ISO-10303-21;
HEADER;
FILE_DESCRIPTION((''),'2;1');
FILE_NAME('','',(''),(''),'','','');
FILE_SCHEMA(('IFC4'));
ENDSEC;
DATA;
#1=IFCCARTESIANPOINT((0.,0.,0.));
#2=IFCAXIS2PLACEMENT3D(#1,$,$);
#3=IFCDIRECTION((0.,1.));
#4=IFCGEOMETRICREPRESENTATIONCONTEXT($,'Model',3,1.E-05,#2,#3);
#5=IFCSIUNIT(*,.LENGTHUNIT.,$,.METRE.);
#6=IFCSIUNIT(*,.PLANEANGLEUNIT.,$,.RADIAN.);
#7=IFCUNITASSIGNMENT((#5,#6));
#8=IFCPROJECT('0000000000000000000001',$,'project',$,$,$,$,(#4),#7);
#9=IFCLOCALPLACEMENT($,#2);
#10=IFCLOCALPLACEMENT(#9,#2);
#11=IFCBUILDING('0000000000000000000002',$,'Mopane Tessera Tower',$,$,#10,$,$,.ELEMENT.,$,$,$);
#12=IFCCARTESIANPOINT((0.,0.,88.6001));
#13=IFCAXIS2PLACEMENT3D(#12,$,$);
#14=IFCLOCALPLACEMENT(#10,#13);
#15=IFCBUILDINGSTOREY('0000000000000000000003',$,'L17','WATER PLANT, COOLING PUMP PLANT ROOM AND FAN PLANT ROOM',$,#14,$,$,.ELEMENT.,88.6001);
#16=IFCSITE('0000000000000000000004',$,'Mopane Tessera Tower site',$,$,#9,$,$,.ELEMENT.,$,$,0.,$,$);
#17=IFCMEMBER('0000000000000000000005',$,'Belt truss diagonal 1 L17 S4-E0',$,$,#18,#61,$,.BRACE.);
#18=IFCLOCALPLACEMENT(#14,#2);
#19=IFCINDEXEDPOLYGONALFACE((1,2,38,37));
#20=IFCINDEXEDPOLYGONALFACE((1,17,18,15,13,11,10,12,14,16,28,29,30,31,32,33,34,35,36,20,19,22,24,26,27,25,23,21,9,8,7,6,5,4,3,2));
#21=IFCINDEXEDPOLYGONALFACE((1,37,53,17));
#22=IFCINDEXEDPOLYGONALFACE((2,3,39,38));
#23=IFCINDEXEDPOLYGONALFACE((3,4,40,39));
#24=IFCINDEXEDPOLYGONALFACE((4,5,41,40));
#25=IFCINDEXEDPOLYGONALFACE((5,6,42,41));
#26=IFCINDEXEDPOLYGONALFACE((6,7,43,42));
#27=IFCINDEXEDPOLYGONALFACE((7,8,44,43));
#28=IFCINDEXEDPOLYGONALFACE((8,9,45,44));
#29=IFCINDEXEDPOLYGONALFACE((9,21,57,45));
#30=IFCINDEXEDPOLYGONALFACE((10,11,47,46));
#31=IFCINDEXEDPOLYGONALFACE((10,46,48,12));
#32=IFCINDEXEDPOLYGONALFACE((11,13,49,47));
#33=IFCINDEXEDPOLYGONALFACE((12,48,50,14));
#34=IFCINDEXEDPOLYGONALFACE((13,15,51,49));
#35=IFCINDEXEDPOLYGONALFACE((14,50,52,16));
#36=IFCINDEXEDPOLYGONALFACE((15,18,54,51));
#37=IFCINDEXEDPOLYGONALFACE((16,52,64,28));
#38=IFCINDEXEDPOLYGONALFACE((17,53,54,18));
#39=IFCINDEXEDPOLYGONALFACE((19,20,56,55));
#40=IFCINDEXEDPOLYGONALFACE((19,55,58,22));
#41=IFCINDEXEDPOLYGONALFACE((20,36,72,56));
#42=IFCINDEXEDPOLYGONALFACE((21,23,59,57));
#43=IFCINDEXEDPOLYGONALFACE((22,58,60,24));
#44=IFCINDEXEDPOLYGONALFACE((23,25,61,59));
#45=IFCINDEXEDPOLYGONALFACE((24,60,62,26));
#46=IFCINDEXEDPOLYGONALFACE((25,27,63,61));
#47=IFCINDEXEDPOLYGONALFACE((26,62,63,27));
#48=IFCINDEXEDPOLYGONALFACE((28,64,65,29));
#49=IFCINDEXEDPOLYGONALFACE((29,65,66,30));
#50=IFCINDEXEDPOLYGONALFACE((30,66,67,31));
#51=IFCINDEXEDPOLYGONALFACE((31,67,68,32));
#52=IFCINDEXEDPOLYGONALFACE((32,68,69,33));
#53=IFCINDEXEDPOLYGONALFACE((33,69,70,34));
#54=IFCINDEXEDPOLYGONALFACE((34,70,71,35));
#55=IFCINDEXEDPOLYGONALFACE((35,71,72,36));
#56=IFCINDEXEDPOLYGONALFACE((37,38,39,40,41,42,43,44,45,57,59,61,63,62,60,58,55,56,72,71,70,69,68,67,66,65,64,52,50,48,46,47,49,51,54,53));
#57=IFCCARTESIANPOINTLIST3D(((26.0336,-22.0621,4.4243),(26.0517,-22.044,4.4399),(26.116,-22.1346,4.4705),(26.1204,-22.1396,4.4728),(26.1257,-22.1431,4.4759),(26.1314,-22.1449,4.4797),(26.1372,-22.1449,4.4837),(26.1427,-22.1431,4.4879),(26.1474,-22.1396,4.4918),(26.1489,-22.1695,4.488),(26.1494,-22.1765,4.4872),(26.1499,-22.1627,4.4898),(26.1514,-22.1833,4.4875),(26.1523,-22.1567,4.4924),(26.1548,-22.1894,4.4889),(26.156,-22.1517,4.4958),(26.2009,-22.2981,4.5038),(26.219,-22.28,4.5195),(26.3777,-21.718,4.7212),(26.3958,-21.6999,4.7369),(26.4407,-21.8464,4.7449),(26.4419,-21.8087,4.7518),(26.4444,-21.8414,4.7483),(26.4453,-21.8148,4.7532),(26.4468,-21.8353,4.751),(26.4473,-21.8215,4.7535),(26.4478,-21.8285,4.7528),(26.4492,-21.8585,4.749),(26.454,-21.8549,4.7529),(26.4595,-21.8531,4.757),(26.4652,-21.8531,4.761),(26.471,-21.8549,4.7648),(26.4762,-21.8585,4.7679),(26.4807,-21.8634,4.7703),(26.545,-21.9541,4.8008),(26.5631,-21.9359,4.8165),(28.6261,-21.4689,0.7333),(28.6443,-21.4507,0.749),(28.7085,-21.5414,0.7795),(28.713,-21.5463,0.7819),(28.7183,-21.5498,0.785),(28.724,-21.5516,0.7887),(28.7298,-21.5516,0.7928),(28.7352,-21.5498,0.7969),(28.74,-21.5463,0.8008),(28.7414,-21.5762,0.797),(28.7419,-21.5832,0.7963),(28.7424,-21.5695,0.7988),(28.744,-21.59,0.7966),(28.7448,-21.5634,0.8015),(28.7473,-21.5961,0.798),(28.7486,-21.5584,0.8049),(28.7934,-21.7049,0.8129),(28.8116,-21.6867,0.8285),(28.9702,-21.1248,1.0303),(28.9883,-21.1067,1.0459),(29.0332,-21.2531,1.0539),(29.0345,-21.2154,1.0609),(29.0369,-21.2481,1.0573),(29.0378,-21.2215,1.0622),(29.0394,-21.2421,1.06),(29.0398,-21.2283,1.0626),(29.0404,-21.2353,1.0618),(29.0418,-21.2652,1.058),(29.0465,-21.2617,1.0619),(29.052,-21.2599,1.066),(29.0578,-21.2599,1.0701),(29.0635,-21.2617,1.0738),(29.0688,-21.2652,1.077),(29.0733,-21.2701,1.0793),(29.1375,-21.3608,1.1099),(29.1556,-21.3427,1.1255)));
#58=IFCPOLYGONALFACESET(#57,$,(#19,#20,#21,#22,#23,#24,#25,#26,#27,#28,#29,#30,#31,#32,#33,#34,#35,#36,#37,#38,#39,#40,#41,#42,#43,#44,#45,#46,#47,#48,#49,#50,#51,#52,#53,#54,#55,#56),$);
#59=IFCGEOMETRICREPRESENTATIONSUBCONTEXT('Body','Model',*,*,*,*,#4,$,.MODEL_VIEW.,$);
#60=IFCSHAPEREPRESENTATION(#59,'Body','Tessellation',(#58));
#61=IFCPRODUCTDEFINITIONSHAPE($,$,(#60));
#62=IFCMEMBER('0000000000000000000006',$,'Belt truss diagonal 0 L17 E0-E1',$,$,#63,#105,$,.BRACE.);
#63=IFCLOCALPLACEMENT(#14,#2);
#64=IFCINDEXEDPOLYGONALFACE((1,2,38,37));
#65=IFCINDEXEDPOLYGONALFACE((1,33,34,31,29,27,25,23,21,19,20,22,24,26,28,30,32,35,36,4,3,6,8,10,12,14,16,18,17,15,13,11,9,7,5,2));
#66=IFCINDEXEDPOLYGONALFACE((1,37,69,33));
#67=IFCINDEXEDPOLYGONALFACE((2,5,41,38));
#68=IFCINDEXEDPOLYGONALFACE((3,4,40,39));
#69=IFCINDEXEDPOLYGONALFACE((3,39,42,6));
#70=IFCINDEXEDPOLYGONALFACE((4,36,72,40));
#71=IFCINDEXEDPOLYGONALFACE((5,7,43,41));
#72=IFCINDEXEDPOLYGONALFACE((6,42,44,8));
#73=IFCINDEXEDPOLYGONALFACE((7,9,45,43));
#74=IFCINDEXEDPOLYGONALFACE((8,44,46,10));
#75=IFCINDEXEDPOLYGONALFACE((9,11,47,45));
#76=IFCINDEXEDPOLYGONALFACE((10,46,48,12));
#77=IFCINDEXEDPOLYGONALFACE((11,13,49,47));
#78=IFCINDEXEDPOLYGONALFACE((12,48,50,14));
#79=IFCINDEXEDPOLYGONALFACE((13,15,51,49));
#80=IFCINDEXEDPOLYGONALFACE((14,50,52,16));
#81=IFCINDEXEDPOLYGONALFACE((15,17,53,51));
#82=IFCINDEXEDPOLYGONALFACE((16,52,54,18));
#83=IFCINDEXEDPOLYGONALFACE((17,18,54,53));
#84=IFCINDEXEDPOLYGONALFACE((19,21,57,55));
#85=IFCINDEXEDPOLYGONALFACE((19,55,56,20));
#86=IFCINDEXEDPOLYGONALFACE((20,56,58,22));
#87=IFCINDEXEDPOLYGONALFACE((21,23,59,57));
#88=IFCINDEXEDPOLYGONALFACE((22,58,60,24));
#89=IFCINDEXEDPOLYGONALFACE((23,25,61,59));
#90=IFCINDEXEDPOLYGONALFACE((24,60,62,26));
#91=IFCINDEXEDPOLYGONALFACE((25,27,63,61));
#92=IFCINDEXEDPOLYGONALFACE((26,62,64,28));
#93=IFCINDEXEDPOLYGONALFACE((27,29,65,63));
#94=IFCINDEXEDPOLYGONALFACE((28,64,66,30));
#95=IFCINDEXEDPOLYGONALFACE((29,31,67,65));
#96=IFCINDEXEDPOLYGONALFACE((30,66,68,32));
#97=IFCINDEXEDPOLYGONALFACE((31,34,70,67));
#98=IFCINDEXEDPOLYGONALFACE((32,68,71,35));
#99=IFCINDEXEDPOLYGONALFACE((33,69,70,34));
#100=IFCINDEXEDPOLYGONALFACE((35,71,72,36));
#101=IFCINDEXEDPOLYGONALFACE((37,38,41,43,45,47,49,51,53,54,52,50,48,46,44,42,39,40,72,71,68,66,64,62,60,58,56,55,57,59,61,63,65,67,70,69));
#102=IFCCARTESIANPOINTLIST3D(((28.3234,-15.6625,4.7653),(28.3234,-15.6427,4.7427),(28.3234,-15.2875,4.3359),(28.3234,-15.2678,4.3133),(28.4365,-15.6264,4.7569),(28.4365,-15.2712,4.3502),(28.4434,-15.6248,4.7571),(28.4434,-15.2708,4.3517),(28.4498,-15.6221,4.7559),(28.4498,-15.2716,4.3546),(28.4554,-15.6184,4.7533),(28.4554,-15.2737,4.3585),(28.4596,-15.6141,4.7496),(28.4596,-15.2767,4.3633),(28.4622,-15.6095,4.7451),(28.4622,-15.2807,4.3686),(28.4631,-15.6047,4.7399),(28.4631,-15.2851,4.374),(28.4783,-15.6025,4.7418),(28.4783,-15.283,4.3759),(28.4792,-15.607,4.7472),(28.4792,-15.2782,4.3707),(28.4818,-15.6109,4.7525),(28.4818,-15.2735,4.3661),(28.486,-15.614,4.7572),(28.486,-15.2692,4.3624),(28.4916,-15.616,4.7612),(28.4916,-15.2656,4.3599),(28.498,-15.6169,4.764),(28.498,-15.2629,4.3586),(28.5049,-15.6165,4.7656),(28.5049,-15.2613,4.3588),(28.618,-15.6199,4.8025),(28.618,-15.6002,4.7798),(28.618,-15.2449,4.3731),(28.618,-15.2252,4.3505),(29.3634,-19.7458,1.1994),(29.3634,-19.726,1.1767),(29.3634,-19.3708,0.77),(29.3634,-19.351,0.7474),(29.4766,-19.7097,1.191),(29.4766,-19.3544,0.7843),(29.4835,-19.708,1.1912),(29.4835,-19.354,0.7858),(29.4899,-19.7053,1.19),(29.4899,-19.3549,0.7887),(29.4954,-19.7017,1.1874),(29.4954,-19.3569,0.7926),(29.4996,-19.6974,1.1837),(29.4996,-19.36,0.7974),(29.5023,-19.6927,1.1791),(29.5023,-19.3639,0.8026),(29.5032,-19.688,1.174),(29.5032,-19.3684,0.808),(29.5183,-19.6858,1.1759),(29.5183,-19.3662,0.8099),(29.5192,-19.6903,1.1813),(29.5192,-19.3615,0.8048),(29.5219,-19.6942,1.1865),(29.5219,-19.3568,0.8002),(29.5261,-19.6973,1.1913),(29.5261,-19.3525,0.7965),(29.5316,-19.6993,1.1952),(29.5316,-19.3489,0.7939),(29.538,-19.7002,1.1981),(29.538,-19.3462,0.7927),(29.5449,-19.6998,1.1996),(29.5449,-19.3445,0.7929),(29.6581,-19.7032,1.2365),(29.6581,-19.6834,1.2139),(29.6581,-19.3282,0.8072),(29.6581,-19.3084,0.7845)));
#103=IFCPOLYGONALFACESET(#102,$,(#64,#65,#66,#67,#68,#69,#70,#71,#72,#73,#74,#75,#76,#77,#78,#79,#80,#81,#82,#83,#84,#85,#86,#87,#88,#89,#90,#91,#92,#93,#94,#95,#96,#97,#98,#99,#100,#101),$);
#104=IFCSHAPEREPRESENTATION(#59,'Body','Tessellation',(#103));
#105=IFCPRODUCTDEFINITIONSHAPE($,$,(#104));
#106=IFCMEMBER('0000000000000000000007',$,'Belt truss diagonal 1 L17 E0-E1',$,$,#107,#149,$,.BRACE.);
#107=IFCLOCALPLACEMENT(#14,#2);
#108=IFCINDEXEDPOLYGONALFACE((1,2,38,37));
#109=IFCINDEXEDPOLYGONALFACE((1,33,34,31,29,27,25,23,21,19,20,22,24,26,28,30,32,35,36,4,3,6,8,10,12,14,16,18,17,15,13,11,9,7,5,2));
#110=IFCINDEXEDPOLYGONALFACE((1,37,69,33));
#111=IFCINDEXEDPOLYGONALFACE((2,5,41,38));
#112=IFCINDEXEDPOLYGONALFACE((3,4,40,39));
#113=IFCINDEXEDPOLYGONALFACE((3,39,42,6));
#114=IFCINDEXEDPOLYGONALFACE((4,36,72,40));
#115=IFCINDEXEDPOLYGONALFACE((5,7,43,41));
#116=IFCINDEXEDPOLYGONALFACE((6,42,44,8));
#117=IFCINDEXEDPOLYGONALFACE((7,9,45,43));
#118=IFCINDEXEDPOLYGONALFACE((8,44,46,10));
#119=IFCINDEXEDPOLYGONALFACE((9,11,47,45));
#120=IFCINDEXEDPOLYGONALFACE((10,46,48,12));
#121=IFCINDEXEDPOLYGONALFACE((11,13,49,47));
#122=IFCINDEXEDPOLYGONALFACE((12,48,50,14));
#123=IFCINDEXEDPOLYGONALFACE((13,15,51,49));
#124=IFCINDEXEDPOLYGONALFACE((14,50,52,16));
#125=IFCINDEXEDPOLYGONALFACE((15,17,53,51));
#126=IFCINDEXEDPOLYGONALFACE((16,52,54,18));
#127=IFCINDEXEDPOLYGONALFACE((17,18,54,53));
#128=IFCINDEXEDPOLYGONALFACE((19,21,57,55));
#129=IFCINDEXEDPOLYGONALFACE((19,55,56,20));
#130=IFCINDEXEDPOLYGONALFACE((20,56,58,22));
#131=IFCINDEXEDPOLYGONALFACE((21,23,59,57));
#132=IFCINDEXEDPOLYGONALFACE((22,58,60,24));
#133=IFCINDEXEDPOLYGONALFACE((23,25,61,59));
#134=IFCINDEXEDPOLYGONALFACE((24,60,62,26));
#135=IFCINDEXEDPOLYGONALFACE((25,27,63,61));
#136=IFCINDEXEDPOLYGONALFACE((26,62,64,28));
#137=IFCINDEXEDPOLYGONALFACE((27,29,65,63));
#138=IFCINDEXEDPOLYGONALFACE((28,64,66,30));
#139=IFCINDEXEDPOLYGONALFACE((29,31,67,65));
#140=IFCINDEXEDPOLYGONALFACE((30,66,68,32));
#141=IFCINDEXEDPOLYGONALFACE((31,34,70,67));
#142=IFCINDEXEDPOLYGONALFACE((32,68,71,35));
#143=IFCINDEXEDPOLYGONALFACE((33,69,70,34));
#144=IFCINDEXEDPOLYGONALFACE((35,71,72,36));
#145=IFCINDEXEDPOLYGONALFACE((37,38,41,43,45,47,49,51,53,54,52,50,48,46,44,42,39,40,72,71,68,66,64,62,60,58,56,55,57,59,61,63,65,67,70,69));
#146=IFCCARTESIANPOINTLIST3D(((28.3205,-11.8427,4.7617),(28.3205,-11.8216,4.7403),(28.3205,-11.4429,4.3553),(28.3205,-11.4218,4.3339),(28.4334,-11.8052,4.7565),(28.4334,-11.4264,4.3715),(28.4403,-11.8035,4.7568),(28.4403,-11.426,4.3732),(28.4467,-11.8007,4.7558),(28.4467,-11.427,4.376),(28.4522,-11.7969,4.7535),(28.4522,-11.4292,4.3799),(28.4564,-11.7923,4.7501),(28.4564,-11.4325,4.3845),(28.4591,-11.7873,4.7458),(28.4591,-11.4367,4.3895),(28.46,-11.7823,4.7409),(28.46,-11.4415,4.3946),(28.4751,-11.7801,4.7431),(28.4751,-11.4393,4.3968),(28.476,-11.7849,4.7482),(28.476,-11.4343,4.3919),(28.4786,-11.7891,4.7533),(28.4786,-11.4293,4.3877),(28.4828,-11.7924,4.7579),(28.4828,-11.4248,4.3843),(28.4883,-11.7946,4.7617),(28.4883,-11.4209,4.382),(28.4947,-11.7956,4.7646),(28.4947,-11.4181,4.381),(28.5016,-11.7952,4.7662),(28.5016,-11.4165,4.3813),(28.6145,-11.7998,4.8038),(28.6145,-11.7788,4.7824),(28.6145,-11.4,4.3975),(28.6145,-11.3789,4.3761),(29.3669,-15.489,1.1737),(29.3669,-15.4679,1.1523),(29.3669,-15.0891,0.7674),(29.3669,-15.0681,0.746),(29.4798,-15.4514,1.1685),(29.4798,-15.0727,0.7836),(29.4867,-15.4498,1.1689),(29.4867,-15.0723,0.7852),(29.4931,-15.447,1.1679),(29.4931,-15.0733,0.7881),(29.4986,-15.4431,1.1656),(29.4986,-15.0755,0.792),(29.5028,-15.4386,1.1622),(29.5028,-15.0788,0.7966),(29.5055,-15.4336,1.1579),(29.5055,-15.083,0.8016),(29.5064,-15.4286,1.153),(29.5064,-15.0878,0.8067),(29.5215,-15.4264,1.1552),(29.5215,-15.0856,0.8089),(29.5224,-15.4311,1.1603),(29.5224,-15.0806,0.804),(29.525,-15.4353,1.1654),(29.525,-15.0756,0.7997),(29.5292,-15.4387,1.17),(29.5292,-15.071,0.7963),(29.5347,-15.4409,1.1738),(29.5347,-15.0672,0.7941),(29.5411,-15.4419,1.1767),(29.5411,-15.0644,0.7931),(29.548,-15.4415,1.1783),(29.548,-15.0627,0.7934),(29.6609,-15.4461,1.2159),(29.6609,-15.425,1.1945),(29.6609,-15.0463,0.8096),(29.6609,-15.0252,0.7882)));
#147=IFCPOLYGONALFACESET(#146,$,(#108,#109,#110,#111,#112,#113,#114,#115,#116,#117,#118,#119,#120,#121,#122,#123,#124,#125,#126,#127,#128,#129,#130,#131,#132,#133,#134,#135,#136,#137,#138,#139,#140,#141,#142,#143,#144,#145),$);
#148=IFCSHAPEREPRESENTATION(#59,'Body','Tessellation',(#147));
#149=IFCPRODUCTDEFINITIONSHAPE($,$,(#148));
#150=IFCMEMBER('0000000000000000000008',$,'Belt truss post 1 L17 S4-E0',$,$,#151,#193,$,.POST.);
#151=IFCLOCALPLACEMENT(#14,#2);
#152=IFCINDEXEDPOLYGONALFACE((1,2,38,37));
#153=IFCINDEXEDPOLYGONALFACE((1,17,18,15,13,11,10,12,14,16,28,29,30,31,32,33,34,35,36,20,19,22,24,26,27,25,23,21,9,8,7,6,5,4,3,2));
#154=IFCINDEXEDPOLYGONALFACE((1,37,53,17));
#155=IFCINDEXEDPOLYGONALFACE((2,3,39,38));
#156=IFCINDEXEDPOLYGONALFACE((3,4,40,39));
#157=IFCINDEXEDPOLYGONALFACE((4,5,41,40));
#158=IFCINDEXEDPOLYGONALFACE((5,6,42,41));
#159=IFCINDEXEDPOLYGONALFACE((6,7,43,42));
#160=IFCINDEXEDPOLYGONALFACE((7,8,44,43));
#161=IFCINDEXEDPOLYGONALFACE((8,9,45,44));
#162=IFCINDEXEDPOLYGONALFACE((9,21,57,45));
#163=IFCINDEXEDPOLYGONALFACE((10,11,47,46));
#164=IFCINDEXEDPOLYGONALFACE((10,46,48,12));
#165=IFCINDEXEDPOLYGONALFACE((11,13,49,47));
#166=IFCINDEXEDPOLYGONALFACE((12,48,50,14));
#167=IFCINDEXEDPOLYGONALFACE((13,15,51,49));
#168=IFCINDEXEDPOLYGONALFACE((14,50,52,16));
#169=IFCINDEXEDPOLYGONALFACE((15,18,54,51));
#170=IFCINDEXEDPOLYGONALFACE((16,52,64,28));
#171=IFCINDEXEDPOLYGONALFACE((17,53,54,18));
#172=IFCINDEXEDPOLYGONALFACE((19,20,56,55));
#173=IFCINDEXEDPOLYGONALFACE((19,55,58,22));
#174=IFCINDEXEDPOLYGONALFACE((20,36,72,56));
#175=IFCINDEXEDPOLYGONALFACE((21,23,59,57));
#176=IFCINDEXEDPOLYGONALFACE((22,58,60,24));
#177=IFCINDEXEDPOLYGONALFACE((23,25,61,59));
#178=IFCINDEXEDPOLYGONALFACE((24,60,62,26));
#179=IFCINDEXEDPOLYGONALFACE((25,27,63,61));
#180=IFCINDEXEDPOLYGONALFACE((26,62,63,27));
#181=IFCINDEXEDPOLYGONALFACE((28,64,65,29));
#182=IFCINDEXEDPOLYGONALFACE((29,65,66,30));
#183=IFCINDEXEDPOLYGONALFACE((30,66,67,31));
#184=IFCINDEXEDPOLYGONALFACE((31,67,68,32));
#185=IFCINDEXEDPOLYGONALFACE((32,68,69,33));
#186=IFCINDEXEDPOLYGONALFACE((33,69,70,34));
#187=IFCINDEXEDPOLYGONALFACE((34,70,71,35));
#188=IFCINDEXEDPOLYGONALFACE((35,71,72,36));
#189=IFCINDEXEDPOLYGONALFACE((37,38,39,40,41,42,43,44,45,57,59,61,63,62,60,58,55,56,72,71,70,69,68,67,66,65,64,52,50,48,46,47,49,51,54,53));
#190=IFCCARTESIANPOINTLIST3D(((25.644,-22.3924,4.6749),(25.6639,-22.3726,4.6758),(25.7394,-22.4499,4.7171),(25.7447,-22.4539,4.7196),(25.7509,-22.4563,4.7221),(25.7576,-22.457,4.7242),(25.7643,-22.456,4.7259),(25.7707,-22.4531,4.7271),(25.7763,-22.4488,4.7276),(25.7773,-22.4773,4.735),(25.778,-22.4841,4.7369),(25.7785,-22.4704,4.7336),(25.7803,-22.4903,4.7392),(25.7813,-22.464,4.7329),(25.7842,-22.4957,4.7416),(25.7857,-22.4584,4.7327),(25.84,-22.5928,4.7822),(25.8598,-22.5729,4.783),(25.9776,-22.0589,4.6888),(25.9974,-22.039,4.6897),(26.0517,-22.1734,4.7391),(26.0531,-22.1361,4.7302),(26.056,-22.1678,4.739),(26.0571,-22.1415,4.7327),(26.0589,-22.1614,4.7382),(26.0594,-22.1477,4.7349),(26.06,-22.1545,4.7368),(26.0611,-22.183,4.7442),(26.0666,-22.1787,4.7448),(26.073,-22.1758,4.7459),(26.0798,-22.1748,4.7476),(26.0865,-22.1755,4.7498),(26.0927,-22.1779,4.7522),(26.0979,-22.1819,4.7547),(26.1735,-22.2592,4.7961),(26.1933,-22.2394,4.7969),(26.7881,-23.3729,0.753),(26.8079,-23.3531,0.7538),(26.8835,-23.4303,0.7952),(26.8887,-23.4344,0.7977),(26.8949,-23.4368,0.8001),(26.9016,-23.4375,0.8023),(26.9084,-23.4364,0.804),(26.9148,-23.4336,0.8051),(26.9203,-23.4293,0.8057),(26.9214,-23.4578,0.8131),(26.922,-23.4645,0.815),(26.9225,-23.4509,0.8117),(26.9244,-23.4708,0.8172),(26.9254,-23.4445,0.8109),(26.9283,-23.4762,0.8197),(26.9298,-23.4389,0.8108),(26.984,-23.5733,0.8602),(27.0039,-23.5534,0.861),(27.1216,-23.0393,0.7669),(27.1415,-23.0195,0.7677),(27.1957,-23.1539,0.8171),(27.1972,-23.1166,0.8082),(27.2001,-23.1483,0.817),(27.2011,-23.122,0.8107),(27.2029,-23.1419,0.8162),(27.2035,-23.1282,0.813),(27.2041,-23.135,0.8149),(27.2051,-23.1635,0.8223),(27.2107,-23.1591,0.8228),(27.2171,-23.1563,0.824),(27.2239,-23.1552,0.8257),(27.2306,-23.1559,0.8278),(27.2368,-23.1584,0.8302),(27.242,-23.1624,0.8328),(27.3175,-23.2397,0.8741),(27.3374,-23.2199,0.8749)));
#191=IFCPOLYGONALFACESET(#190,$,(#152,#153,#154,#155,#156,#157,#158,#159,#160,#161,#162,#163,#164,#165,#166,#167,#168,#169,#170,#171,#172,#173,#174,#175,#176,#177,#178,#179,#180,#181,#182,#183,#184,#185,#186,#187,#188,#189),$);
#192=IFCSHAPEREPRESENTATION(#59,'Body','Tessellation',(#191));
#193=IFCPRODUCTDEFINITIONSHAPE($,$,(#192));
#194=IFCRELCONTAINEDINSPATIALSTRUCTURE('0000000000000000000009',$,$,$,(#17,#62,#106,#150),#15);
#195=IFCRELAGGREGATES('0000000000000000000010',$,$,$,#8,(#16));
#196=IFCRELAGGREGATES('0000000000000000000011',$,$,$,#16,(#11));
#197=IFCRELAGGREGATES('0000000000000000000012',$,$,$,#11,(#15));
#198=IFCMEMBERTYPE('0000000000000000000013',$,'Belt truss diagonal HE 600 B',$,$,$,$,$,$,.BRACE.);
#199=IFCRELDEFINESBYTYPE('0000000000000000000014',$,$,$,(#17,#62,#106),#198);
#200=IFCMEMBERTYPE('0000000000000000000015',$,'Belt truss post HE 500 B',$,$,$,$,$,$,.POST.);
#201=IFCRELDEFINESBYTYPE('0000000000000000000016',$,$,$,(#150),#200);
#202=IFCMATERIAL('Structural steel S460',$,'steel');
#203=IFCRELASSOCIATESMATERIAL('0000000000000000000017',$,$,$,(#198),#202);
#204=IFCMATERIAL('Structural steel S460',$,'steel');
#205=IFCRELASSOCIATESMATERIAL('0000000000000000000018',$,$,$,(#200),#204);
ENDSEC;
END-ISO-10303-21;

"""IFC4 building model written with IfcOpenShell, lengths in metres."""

from ifc_helpers import new_model, si_unit, direction, frame, origin, origin_2d, place, context, subcontext, project, spatial, i_section, extrude, material, material_profile, profile_set, type_object, element, save


model = new_model("IFC4")

# Units and contexts
model_context = context("Model", 3, precision=1e-05, world=origin(), true_north=direction((0.0, 1.0)))
body_context = subcontext(model_context, "Body", "Model", "MODEL_VIEW")
ifc_project = project(units=[si_unit("LENGTHUNIT", "METRE"), si_unit("PLANEANGLEUNIT", "RADIAN")], contexts=[model_context])

# Site, building, storey
site_placement = place(None, origin())
site = spatial("IfcSite", under=ifc_project, at=site_placement, Name="Mopane Tessera Tower site", CompositionType="ELEMENT", RefElevation=0.0)
building_placement = place(site_placement, origin())
building = spatial("IfcBuilding", under=site, at=building_placement, Name="Mopane Tessera Tower", CompositionType="ELEMENT")
storey_placement = place(building_placement, frame((0.0, 0.0, 88.6001)))
storey = spatial("IfcBuildingStorey", under=building, at=storey_placement, Name="L17", Description="WATER PLANT, COOLING PUMP PLANT ROOM AND FAN PLANT ROOM", CompositionType="ELEMENT", Elevation=88.6001)

# Members
ifc_material_1 = material(Name="Structural steel S460", Category="steel")
ifc_material_profile_1 = material_profile(ifc_material_1, i_section(OverallWidth=0.3, OverallDepth=0.6001, WebThickness=0.0154, FlangeThickness=0.03, FilletRadius=0.0271, at=origin_2d()))
ifc_profile_set_1 = profile_set([ifc_material_profile_1], Name="Structural steel S460")
member_type_1 = type_object("IfcMemberType", Name="Belt truss diagonal HE 600 B", PredefinedType="BRACE", material=ifc_profile_set_1)
member_1_placement = place(storey_placement, frame((26.2983, -21.999, 4.6204), z_axis=(0.569876, 0.130408, -0.811317), x_axis=(-0.557621, 0.786577, -0.265247)))
element("IfcMember", 1, at=member_1_placement, inside=storey, type_object=member_type_1, Name="Belt truss diagonal 1 L17 S4-E0", PredefinedType="BRACE", context=body_context, shape_type="SweptSolid", body=[
    extrude(i_section(OverallWidth=0.3, OverallDepth=0.6001, WebThickness=0.0154, FlangeThickness=0.03, FilletRadius=0.0271, at=origin_2d()), origin(), (0.0, 0.0, 1.0), 4.5493),
])
member_2_placement = place(storey_placement, frame((29.5107, -19.5271, 0.9919), z_axis=(-0.188413, 0.73972, 0.646), x_axis=(-0.98209, -0.141917, -0.123932)))
element("IfcMember", 2, at=member_2_placement, inside=storey, type_object=member_type_1, Name="Belt truss diagonal 0 L17 E0-E1", PredefinedType="BRACE", context=body_context, shape_type="SweptSolid", body=[
    extrude(i_section(OverallWidth=0.3, OverallDepth=0.6001, WebThickness=0.0154, FlangeThickness=0.03, FilletRadius=0.0271, at=origin_2d()), origin(), (0.0, 0.0, 1.0), 5.52),
])
member_3_placement = place(storey_placement, frame((29.5139, -15.2571, 0.981), z_axis=(-0.200404, 0.698327, 0.687152), x_axis=(-0.979713, -0.142846, -0.140559)))
element("IfcMember", 3, at=member_3_placement, inside=storey, type_object=member_type_1, Name="Belt truss diagonal 1 L17 E0-E1", PredefinedType="BRACE", context=body_context, shape_type="SweptSolid", body=[
    extrude(i_section(OverallWidth=0.3, OverallDepth=0.6001, WebThickness=0.0154, FlangeThickness=0.03, FilletRadius=0.0271, at=origin_2d()), origin(), (0.0, 0.0, 1.0), 5.2214),
])
ifc_material_2 = material(Name="Structural steel S460", Category="steel")
ifc_material_profile_2 = material_profile(ifc_material_2, i_section(OverallWidth=0.3, OverallDepth=0.5, WebThickness=0.0144, FlangeThickness=0.0281, FilletRadius=0.0271, at=origin_2d()))
ifc_profile_set_2 = profile_set([ifc_material_profile_2], Name="Structural steel S460")
member_type_2 = type_object("IfcMemberType", Name="Belt truss post HE 500 B", PredefinedType="POST", material=ifc_profile_set_2)
member_4_placement = place(storey_placement, frame((27.0627, -23.2964, 0.814), z_axis=(-0.272304, 0.23337, 0.933482), x_axis=(-0.652959, 0.667758, -0.357413)))
element("IfcMember", 4, at=member_4_placement, inside=storey, type_object=member_type_2, Name="Belt truss post 1 L17 S4-E0", PredefinedType="POST", context=body_context, shape_type="SweptSolid", body=[
    extrude(i_section(OverallWidth=0.3, OverallDepth=0.5, WebThickness=0.0144, FlangeThickness=0.0281, FilletRadius=0.0271, at=origin_2d()), origin(), (0.0, 0.0, 1.0), 4.2014),
])

save(model, "model.ifc")
